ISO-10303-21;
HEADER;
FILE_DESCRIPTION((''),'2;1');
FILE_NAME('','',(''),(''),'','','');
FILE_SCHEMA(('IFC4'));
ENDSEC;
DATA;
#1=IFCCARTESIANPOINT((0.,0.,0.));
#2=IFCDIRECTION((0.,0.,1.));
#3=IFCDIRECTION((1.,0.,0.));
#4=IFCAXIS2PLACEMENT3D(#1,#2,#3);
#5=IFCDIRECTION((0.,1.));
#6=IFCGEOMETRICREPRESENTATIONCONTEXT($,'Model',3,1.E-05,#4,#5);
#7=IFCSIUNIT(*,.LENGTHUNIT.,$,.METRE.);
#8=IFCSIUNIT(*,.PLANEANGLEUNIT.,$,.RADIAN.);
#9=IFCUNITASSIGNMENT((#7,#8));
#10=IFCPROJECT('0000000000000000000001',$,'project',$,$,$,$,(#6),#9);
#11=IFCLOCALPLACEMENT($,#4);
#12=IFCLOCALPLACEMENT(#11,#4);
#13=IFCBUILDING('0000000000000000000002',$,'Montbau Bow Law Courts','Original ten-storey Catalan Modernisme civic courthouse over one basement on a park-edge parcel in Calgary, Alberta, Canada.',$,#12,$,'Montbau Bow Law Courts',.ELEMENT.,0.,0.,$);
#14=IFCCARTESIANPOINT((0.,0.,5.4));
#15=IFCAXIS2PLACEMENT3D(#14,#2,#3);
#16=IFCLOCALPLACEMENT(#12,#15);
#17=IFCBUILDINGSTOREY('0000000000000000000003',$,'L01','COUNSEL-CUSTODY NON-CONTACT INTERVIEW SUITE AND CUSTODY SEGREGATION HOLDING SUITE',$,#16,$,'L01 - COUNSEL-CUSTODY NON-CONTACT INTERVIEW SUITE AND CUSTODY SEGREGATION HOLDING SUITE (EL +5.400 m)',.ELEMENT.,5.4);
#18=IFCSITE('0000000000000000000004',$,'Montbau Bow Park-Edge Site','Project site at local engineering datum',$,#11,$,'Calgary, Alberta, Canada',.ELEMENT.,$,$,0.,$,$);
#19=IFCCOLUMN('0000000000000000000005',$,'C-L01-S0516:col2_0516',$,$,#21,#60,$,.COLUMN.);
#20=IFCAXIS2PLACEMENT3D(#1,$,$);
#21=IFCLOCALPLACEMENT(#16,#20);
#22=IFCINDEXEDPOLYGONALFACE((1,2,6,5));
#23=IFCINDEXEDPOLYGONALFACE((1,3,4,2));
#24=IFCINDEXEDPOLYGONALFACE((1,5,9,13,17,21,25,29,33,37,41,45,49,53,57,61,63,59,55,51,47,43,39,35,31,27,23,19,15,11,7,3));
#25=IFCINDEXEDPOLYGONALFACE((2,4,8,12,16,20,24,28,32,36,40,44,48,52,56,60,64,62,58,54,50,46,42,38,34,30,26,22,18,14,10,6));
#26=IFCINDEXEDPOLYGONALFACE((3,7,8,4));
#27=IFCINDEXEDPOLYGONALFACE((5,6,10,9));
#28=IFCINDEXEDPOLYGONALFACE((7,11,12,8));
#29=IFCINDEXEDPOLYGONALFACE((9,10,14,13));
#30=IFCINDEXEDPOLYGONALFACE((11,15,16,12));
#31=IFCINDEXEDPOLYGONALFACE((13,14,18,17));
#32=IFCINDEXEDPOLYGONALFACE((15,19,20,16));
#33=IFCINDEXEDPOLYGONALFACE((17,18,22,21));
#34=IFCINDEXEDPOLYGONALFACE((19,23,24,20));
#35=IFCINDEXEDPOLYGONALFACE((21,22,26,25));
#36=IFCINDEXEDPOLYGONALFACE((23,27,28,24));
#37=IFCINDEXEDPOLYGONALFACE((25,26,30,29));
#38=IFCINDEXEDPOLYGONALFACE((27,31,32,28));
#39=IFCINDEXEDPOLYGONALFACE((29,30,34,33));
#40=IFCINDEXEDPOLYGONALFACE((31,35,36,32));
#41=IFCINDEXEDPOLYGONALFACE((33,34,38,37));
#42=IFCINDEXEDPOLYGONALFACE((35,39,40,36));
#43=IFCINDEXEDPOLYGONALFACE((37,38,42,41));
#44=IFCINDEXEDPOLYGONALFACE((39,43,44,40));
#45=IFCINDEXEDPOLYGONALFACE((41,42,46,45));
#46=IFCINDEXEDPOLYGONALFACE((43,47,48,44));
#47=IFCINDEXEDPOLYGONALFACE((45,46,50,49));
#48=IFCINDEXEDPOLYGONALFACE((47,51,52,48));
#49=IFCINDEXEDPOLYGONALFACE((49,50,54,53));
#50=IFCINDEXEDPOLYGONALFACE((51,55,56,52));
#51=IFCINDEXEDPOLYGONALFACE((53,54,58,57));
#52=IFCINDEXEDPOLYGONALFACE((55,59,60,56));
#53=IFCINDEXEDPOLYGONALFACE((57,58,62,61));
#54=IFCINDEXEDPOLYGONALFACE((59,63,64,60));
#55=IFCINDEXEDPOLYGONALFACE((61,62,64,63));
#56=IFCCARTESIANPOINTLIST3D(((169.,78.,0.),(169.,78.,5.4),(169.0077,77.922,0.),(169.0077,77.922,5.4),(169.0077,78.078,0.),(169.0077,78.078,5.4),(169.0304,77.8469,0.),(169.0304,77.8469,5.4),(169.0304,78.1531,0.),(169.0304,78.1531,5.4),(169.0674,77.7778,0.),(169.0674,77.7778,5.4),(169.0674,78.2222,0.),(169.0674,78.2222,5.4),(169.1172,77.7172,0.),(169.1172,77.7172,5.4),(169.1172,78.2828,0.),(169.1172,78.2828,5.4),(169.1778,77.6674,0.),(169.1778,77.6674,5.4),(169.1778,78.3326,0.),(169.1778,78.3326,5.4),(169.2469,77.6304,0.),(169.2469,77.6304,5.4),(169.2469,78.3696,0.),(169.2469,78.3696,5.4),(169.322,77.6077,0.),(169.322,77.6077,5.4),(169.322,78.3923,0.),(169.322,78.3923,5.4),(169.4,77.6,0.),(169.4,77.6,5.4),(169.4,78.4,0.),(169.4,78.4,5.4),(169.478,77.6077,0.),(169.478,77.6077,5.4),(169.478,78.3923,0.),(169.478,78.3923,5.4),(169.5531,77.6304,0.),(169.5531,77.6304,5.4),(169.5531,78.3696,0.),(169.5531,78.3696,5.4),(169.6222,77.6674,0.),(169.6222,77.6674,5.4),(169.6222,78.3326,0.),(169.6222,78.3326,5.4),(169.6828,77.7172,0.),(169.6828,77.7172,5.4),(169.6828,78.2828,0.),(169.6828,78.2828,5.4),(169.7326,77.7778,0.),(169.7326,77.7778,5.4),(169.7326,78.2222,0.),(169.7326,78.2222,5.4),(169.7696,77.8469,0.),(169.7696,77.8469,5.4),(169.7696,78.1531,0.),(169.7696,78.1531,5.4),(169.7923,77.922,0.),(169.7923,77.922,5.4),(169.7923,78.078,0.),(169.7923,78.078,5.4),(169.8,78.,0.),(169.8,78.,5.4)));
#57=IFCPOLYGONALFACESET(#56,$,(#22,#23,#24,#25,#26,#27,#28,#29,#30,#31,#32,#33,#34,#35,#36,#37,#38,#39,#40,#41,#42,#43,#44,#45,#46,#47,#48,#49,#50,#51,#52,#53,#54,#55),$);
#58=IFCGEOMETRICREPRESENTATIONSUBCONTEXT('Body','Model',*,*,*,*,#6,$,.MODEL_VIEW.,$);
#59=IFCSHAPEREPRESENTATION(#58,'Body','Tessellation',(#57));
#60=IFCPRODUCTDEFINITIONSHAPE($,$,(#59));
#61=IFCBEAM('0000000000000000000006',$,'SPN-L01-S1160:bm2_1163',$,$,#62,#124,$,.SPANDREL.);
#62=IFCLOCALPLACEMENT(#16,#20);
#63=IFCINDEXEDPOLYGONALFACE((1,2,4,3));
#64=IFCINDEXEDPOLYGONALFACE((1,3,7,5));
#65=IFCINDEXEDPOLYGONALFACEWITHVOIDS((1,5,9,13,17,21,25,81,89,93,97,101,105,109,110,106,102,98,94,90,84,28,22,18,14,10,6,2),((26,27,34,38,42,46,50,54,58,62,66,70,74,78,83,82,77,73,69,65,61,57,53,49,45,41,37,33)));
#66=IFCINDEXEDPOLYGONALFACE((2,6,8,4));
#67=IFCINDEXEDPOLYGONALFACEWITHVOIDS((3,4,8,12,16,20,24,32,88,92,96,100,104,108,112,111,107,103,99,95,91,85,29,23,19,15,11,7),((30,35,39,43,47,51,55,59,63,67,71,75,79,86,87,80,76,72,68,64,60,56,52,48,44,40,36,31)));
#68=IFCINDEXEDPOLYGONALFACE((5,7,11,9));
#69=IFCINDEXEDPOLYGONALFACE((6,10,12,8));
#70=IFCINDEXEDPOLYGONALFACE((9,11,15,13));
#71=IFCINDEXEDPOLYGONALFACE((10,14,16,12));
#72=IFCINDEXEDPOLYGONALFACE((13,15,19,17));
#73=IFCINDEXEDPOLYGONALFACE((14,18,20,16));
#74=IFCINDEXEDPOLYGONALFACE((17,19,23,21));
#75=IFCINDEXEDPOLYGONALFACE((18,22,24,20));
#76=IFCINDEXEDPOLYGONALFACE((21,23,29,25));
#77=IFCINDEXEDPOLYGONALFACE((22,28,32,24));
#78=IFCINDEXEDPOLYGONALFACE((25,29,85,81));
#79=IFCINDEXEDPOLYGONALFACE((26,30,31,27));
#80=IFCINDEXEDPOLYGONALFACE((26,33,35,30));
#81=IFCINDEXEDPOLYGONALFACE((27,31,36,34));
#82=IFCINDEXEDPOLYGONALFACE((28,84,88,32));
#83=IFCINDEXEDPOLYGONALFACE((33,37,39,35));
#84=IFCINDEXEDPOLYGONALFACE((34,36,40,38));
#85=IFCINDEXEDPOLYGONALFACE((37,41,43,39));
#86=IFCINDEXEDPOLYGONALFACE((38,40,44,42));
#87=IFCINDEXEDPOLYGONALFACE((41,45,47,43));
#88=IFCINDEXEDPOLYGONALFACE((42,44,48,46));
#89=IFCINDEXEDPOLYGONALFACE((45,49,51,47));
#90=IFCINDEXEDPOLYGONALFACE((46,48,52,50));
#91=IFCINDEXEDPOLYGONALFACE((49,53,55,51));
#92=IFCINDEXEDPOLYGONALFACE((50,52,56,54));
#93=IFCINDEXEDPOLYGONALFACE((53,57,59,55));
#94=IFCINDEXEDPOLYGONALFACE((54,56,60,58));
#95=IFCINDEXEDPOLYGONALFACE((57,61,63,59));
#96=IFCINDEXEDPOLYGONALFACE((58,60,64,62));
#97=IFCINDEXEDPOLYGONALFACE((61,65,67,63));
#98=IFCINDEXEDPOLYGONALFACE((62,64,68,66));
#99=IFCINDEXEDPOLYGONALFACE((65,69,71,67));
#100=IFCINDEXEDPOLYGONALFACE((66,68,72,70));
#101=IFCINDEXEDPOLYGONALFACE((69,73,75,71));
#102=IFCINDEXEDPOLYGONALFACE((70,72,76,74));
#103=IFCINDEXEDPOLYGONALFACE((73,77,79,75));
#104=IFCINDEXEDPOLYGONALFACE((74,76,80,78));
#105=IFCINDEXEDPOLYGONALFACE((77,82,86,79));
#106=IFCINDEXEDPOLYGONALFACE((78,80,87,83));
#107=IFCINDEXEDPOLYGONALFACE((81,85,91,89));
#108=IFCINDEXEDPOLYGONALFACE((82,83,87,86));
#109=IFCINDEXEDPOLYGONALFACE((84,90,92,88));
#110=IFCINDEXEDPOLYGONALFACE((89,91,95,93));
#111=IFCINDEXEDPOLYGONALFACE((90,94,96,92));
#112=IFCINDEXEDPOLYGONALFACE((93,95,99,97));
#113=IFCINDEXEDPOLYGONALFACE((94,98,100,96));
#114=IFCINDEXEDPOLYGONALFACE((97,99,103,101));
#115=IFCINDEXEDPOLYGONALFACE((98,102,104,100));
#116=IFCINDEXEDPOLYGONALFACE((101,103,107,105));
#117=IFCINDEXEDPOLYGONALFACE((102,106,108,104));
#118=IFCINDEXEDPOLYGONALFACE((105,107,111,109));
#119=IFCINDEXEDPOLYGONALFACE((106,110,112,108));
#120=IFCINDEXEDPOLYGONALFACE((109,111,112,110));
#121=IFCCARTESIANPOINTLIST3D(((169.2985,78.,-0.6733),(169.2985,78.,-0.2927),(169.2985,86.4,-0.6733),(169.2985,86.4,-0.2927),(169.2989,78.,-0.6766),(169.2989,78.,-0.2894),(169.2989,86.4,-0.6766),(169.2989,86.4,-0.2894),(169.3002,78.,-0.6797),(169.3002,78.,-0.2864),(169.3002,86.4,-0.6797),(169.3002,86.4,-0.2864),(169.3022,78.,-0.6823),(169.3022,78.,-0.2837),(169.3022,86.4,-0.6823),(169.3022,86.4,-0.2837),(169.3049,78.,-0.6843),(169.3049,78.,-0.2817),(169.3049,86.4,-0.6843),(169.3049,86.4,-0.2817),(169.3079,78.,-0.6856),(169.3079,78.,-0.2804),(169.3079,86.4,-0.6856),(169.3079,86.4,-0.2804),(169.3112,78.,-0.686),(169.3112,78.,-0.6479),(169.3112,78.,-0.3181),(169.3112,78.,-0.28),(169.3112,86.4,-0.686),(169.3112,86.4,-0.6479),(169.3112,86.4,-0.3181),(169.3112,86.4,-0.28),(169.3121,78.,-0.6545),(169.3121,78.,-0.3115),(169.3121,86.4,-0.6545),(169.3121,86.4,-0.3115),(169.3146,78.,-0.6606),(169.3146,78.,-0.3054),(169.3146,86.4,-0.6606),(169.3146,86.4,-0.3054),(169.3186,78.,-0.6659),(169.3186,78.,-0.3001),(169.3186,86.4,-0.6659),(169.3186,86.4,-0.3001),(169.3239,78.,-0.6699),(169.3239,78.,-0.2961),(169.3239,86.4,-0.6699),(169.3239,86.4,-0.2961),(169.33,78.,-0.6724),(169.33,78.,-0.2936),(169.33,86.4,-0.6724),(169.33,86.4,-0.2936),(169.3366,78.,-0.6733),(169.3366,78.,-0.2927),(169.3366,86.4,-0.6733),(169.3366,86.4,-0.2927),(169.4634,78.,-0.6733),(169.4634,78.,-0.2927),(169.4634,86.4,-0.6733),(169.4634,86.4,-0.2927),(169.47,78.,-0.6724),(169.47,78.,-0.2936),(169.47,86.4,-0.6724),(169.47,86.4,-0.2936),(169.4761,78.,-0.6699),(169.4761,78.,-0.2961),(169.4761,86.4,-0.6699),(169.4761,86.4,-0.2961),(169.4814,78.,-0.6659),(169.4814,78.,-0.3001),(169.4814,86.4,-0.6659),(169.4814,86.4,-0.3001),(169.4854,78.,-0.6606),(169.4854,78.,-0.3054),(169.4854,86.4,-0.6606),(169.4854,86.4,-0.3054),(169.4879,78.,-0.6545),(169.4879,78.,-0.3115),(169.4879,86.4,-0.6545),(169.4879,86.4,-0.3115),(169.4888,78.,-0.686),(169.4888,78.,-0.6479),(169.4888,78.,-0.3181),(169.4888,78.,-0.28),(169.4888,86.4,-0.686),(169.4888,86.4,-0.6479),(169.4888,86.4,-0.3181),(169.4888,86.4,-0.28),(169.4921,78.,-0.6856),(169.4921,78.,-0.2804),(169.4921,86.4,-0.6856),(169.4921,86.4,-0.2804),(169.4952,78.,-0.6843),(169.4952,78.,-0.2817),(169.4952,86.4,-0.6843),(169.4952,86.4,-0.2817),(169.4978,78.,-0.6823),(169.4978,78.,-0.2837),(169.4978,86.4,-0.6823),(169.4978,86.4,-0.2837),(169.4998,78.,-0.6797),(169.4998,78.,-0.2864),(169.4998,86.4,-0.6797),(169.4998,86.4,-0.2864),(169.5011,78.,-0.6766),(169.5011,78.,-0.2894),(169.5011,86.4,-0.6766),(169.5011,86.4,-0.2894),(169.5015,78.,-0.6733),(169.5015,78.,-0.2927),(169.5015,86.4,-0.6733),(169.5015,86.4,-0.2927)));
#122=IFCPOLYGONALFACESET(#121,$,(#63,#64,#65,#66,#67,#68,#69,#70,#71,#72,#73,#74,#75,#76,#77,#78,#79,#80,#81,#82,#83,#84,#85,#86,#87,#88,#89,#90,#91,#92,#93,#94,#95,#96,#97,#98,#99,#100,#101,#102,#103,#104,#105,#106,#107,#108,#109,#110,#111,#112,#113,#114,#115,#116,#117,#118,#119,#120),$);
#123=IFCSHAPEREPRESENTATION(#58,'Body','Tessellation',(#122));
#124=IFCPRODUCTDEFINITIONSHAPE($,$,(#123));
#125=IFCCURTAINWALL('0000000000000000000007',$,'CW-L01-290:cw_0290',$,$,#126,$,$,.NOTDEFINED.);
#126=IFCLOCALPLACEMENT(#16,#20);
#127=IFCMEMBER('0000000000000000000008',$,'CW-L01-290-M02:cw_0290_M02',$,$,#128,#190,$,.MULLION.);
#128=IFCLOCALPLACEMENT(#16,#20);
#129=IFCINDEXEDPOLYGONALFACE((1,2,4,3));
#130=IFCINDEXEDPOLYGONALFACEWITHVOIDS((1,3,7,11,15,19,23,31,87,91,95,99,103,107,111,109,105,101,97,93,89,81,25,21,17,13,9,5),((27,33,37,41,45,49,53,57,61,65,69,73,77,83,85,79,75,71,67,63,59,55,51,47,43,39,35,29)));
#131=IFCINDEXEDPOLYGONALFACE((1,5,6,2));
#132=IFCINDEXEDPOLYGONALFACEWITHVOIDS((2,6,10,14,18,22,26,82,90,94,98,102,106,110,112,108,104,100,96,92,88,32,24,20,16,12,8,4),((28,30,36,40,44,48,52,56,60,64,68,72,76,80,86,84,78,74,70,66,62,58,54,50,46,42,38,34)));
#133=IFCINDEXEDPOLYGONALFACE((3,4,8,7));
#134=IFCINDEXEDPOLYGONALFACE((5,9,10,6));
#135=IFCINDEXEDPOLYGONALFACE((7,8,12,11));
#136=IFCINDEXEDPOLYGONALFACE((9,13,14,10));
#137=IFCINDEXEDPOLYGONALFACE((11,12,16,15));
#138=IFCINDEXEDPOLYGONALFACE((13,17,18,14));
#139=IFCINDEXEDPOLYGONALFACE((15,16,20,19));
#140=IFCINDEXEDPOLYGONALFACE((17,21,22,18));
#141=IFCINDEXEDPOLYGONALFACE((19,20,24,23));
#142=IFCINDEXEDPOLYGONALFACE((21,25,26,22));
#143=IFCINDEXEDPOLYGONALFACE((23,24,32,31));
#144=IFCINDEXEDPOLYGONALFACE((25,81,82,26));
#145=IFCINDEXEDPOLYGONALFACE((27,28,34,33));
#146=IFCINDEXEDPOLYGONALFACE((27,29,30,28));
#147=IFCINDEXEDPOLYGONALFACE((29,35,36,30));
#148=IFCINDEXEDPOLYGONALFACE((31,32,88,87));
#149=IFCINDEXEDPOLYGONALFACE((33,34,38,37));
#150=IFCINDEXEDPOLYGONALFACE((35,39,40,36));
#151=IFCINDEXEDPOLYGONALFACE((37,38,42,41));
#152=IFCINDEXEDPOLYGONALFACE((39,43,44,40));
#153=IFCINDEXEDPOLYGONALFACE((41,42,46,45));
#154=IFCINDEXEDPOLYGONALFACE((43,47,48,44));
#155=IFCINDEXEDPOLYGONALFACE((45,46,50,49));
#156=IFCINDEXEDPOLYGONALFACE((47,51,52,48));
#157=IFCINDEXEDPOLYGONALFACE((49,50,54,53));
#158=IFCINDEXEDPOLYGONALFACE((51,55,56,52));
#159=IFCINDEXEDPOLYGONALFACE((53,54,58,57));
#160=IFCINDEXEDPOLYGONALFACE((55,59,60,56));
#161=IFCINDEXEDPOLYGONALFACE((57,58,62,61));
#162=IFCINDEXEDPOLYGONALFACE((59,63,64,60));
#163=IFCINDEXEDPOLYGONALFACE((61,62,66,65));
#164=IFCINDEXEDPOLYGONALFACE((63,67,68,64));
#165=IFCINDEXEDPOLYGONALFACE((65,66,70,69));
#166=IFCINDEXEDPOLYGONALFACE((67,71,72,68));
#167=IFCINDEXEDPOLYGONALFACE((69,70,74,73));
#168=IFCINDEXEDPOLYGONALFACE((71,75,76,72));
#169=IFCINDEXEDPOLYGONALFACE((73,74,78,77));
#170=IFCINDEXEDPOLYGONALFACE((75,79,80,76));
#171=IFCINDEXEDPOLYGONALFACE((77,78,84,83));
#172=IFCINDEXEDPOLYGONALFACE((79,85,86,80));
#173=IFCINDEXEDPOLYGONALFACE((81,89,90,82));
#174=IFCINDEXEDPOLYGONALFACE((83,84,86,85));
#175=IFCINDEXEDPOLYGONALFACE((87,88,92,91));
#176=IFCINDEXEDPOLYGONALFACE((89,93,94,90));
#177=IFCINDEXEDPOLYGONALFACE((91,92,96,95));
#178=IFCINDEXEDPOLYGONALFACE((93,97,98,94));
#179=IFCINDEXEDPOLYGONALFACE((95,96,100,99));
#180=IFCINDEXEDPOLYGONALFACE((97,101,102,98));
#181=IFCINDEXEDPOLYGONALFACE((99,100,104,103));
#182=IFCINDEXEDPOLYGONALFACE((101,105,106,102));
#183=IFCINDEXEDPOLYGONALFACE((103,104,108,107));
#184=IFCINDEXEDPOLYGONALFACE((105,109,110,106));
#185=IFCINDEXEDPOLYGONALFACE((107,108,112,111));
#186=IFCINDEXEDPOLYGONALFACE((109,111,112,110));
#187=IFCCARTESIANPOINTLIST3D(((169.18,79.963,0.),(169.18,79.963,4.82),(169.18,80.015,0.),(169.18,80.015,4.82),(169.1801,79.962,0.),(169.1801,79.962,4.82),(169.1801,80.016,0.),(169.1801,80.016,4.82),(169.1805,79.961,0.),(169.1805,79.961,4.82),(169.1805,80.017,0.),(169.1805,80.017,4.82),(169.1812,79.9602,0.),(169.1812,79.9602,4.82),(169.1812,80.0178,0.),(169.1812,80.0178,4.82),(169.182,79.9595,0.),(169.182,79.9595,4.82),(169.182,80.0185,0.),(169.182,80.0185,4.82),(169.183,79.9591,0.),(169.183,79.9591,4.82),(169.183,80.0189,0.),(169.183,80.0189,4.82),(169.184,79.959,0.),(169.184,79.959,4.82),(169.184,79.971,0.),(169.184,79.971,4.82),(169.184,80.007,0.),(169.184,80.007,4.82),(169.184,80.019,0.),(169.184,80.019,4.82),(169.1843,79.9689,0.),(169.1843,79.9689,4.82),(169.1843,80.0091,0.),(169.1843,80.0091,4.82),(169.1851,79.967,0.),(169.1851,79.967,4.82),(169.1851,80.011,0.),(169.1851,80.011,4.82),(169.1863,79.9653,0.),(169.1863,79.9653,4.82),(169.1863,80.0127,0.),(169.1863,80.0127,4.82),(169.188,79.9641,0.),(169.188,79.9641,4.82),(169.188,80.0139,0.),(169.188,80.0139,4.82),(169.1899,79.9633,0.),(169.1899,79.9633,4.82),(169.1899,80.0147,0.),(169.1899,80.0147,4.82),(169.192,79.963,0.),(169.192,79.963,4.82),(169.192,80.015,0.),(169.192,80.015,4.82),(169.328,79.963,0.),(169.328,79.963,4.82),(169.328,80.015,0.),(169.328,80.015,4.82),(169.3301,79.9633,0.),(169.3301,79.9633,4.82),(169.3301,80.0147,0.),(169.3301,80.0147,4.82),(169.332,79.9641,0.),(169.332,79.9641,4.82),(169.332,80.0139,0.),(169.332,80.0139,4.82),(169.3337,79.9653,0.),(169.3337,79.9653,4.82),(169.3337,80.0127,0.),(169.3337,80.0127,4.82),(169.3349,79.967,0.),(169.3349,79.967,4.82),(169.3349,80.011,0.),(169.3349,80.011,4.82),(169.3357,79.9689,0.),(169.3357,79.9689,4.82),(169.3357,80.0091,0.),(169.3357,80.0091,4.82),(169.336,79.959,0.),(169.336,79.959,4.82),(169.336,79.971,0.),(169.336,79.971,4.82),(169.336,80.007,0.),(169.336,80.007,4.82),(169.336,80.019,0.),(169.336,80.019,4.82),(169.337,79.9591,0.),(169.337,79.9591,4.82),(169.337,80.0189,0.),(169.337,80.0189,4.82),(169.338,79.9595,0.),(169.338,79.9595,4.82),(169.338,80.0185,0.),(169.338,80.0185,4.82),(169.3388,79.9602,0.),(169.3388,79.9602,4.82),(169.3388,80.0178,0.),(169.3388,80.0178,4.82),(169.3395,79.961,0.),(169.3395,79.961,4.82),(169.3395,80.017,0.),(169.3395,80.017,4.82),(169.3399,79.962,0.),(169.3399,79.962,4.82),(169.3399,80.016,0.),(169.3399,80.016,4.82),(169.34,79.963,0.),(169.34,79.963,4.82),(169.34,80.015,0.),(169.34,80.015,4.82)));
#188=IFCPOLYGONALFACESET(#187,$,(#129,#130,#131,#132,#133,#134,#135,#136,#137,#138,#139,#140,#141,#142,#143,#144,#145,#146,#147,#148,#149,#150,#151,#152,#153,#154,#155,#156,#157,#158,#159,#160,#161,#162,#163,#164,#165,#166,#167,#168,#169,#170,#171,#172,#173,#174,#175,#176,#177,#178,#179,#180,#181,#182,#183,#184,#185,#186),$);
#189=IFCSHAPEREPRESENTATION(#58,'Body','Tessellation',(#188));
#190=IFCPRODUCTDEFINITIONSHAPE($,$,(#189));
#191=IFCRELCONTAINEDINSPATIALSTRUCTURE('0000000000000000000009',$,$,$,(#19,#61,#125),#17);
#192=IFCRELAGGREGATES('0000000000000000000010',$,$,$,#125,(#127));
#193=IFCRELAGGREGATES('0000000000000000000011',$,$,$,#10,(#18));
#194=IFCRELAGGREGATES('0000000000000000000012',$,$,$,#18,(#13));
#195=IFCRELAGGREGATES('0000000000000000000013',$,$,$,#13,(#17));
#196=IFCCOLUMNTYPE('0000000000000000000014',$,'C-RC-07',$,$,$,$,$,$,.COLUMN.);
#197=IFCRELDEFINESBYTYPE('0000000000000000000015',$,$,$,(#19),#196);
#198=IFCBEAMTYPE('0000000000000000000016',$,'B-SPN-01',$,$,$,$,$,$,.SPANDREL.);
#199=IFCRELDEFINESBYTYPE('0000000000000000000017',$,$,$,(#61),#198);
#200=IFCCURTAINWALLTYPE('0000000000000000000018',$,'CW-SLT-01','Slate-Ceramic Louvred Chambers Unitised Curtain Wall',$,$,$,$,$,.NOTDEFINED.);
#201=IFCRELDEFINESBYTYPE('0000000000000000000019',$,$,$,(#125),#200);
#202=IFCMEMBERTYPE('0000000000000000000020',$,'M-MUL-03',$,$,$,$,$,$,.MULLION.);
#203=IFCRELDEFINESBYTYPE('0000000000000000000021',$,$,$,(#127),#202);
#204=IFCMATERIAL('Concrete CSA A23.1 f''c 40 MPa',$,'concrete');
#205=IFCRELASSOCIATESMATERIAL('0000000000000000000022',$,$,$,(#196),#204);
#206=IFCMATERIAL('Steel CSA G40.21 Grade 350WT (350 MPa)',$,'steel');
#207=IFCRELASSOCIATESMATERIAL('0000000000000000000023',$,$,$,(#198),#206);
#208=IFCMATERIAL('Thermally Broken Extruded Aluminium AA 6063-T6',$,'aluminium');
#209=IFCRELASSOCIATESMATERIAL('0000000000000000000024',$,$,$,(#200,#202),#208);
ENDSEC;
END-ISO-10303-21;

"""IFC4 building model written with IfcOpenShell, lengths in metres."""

from ifc_helpers import new_model, si_unit, direction, frame, origin_with_axes, origin_2d_with_axis, place, context, subcontext, project, spatial, hollow_rectangle, circle, extrude, material, material_profile, profile_set, type_object, element, aggregate, save


model = new_model("IFC4")

# Units and contexts
model_context = context("Model", 3, precision=1e-05, world=origin_with_axes(), true_north=direction((0.0, 1.0)))
body_context = subcontext(model_context, "Body", "Model", "MODEL_VIEW")
ifc_project = project(units=[si_unit("LENGTHUNIT", "METRE"), si_unit("PLANEANGLEUNIT", "RADIAN")], contexts=[model_context])

# Site, building, storey
site_placement = place(None, origin_with_axes())
site = spatial("IfcSite", under=ifc_project, at=site_placement, Name="Montbau Bow Park-Edge Site", Description="Project site at local engineering datum", LongName="Calgary, Alberta, Canada", CompositionType="ELEMENT", RefElevation=0.0)
building_placement = place(site_placement, origin_with_axes())
building = spatial("IfcBuilding", under=site, at=building_placement, Name="Montbau Bow Law Courts", Description="Original ten-storey Catalan Modernisme civic courthouse over one basement on a park-edge parcel in Calgary, Alberta, Canada.", LongName="Montbau Bow Law Courts", CompositionType="ELEMENT", ElevationOfRefHeight=0.0, ElevationOfTerrain=0.0)
storey_placement = place(building_placement, frame((0.0, 0.0, 5.4), z_axis=(0.0, 0.0, 1.0), x_axis=(1.0, 0.0, 0.0)))
storey = spatial("IfcBuildingStorey", under=building, at=storey_placement, Name="L01", Description="COUNSEL-CUSTODY NON-CONTACT INTERVIEW SUITE AND CUSTODY SEGREGATION HOLDING SUITE", LongName="L01 - COUNSEL-CUSTODY NON-CONTACT INTERVIEW SUITE AND CUSTODY SEGREGATION HOLDING SUITE (EL +5.400 m)", CompositionType="ELEMENT", Elevation=5.4)

# Column
ifc_material_1 = material(Name="Concrete CSA A23.1 f'c 40 MPa", Category="concrete")
ifc_material_profile_1 = material_profile(ifc_material_1, circle(Radius=0.4, at=origin_2d_with_axis()), Name="RC800D", Category="Main", Priority=0)
ifc_profile_set_1 = profile_set([ifc_material_profile_1], Name="Concrete CSA A23.1 f'c 40 MPa")
column_type = type_object("IfcColumnType", Name="C-RC-07", PredefinedType="COLUMN", material=ifc_profile_set_1)
column_placement = place(None, frame((169.4, 78.0, 5.4), z_axis=(0.0, 0.0, 1.0), x_axis=(1.0, 0.0, 0.0)))
element("IfcColumn", 1, at=column_placement, inside=storey, type_object=column_type, Name="C-L01-S0516:col2_0516", PredefinedType="COLUMN", context=body_context, shape_type="SweptSolid", body=[
    extrude(circle(Radius=0.4, at=origin_2d_with_axis()), origin_with_axes(), (0.0, 0.0, 1.0), 5.4),
])

# Beam
ifc_material_2 = material(Name="Steel CSA G40.21 Grade 350WT (350 MPa)", Category="steel")
ifc_material_profile_2 = material_profile(ifc_material_2, hollow_rectangle(XDim=0.203, YDim=0.406, WallThickness=0.0127, InnerFilletRadius=0.0254, OuterFilletRadius=0.0127, at=origin_2d_with_axis()), Name="HSS406X203X13", Category="Main", Priority=0)
ifc_profile_set_2 = profile_set([ifc_material_profile_2], Name="Steel CSA G40.21 Grade 350WT (350 MPa)")
beam_type = type_object("IfcBeamType", Name="B-SPN-01", PredefinedType="SPANDREL", material=ifc_profile_set_2)
beam_placement = place(None, frame((169.4, 78.0, 4.917), z_axis=(0.0, 1.0, 0.0), x_axis=(-1.0, 0.0, 0.0)))
element("IfcBeam", 2, at=beam_placement, inside=storey, type_object=beam_type, Name="SPN-L01-S1160:bm2_1163", PredefinedType="SPANDREL", context=body_context, shape_type="SweptSolid", body=[
    extrude(hollow_rectangle(XDim=0.203, YDim=0.406, WallThickness=0.0127, InnerFilletRadius=0.0254, OuterFilletRadius=0.0127, at=origin_2d_with_axis()), origin_with_axes(), (0.0, 0.0, 1.0), 8.4),
])

# Curtain wall, member
ifc_material_3 = material(Name="Thermally Broken Extruded Aluminium AA 6063-T6", Category="aluminium")
curtain_wall_type = type_object("IfcCurtainWallType", Name="CW-SLT-01", Description="Slate-Ceramic Louvred Chambers Unitised Curtain Wall", PredefinedType="NOTDEFINED", material=ifc_material_3)
curtain_wall_placement = place(None, frame((169.26, 78.515, 5.4), z_axis=(0.0, 0.0, 1.0), x_axis=(1.0, 0.0, 0.0)))
curtain_wall = element("IfcCurtainWall", 3, at=curtain_wall_placement, inside=storey, type_object=curtain_wall_type, Name="CW-L01-290:cw_0290", PredefinedType="NOTDEFINED")
ifc_material_profile_3 = material_profile(ifc_material_3, hollow_rectangle(XDim=0.06, YDim=0.16, WallThickness=0.004, InnerFilletRadius=0.008, OuterFilletRadius=0.004, at=origin_2d_with_axis()), Name="CWM-160X60", Category="Main", Priority=0)
ifc_profile_set_3 = profile_set([ifc_material_profile_3], Name="Thermally Broken Extruded Aluminium AA 6063-T6")
member_type_1 = type_object("IfcMemberType", Name="M-MUL-03", PredefinedType="MULLION", material=ifc_profile_set_3)
member_1_placement = place(None, frame((169.26, 79.989, 5.4), z_axis=(0.0, 0.0, 1.0), x_axis=(0.0, 1.0, 0.0)))
member_1 = element("IfcMember", 4, at=member_1_placement, type_object=member_type_1, Name="CW-L01-290-M02:cw_0290_M02", PredefinedType="MULLION", context=body_context, shape_type="SweptSolid", body=[
    extrude(hollow_rectangle(XDim=0.06, YDim=0.16, WallThickness=0.004, InnerFilletRadius=0.008, OuterFilletRadius=0.004, at=origin_2d_with_axis()), origin_with_axes(), (0.0, 0.0, 1.0), 4.82),
])
aggregate(curtain_wall, [member_1])

save(model, "model.ifc")
